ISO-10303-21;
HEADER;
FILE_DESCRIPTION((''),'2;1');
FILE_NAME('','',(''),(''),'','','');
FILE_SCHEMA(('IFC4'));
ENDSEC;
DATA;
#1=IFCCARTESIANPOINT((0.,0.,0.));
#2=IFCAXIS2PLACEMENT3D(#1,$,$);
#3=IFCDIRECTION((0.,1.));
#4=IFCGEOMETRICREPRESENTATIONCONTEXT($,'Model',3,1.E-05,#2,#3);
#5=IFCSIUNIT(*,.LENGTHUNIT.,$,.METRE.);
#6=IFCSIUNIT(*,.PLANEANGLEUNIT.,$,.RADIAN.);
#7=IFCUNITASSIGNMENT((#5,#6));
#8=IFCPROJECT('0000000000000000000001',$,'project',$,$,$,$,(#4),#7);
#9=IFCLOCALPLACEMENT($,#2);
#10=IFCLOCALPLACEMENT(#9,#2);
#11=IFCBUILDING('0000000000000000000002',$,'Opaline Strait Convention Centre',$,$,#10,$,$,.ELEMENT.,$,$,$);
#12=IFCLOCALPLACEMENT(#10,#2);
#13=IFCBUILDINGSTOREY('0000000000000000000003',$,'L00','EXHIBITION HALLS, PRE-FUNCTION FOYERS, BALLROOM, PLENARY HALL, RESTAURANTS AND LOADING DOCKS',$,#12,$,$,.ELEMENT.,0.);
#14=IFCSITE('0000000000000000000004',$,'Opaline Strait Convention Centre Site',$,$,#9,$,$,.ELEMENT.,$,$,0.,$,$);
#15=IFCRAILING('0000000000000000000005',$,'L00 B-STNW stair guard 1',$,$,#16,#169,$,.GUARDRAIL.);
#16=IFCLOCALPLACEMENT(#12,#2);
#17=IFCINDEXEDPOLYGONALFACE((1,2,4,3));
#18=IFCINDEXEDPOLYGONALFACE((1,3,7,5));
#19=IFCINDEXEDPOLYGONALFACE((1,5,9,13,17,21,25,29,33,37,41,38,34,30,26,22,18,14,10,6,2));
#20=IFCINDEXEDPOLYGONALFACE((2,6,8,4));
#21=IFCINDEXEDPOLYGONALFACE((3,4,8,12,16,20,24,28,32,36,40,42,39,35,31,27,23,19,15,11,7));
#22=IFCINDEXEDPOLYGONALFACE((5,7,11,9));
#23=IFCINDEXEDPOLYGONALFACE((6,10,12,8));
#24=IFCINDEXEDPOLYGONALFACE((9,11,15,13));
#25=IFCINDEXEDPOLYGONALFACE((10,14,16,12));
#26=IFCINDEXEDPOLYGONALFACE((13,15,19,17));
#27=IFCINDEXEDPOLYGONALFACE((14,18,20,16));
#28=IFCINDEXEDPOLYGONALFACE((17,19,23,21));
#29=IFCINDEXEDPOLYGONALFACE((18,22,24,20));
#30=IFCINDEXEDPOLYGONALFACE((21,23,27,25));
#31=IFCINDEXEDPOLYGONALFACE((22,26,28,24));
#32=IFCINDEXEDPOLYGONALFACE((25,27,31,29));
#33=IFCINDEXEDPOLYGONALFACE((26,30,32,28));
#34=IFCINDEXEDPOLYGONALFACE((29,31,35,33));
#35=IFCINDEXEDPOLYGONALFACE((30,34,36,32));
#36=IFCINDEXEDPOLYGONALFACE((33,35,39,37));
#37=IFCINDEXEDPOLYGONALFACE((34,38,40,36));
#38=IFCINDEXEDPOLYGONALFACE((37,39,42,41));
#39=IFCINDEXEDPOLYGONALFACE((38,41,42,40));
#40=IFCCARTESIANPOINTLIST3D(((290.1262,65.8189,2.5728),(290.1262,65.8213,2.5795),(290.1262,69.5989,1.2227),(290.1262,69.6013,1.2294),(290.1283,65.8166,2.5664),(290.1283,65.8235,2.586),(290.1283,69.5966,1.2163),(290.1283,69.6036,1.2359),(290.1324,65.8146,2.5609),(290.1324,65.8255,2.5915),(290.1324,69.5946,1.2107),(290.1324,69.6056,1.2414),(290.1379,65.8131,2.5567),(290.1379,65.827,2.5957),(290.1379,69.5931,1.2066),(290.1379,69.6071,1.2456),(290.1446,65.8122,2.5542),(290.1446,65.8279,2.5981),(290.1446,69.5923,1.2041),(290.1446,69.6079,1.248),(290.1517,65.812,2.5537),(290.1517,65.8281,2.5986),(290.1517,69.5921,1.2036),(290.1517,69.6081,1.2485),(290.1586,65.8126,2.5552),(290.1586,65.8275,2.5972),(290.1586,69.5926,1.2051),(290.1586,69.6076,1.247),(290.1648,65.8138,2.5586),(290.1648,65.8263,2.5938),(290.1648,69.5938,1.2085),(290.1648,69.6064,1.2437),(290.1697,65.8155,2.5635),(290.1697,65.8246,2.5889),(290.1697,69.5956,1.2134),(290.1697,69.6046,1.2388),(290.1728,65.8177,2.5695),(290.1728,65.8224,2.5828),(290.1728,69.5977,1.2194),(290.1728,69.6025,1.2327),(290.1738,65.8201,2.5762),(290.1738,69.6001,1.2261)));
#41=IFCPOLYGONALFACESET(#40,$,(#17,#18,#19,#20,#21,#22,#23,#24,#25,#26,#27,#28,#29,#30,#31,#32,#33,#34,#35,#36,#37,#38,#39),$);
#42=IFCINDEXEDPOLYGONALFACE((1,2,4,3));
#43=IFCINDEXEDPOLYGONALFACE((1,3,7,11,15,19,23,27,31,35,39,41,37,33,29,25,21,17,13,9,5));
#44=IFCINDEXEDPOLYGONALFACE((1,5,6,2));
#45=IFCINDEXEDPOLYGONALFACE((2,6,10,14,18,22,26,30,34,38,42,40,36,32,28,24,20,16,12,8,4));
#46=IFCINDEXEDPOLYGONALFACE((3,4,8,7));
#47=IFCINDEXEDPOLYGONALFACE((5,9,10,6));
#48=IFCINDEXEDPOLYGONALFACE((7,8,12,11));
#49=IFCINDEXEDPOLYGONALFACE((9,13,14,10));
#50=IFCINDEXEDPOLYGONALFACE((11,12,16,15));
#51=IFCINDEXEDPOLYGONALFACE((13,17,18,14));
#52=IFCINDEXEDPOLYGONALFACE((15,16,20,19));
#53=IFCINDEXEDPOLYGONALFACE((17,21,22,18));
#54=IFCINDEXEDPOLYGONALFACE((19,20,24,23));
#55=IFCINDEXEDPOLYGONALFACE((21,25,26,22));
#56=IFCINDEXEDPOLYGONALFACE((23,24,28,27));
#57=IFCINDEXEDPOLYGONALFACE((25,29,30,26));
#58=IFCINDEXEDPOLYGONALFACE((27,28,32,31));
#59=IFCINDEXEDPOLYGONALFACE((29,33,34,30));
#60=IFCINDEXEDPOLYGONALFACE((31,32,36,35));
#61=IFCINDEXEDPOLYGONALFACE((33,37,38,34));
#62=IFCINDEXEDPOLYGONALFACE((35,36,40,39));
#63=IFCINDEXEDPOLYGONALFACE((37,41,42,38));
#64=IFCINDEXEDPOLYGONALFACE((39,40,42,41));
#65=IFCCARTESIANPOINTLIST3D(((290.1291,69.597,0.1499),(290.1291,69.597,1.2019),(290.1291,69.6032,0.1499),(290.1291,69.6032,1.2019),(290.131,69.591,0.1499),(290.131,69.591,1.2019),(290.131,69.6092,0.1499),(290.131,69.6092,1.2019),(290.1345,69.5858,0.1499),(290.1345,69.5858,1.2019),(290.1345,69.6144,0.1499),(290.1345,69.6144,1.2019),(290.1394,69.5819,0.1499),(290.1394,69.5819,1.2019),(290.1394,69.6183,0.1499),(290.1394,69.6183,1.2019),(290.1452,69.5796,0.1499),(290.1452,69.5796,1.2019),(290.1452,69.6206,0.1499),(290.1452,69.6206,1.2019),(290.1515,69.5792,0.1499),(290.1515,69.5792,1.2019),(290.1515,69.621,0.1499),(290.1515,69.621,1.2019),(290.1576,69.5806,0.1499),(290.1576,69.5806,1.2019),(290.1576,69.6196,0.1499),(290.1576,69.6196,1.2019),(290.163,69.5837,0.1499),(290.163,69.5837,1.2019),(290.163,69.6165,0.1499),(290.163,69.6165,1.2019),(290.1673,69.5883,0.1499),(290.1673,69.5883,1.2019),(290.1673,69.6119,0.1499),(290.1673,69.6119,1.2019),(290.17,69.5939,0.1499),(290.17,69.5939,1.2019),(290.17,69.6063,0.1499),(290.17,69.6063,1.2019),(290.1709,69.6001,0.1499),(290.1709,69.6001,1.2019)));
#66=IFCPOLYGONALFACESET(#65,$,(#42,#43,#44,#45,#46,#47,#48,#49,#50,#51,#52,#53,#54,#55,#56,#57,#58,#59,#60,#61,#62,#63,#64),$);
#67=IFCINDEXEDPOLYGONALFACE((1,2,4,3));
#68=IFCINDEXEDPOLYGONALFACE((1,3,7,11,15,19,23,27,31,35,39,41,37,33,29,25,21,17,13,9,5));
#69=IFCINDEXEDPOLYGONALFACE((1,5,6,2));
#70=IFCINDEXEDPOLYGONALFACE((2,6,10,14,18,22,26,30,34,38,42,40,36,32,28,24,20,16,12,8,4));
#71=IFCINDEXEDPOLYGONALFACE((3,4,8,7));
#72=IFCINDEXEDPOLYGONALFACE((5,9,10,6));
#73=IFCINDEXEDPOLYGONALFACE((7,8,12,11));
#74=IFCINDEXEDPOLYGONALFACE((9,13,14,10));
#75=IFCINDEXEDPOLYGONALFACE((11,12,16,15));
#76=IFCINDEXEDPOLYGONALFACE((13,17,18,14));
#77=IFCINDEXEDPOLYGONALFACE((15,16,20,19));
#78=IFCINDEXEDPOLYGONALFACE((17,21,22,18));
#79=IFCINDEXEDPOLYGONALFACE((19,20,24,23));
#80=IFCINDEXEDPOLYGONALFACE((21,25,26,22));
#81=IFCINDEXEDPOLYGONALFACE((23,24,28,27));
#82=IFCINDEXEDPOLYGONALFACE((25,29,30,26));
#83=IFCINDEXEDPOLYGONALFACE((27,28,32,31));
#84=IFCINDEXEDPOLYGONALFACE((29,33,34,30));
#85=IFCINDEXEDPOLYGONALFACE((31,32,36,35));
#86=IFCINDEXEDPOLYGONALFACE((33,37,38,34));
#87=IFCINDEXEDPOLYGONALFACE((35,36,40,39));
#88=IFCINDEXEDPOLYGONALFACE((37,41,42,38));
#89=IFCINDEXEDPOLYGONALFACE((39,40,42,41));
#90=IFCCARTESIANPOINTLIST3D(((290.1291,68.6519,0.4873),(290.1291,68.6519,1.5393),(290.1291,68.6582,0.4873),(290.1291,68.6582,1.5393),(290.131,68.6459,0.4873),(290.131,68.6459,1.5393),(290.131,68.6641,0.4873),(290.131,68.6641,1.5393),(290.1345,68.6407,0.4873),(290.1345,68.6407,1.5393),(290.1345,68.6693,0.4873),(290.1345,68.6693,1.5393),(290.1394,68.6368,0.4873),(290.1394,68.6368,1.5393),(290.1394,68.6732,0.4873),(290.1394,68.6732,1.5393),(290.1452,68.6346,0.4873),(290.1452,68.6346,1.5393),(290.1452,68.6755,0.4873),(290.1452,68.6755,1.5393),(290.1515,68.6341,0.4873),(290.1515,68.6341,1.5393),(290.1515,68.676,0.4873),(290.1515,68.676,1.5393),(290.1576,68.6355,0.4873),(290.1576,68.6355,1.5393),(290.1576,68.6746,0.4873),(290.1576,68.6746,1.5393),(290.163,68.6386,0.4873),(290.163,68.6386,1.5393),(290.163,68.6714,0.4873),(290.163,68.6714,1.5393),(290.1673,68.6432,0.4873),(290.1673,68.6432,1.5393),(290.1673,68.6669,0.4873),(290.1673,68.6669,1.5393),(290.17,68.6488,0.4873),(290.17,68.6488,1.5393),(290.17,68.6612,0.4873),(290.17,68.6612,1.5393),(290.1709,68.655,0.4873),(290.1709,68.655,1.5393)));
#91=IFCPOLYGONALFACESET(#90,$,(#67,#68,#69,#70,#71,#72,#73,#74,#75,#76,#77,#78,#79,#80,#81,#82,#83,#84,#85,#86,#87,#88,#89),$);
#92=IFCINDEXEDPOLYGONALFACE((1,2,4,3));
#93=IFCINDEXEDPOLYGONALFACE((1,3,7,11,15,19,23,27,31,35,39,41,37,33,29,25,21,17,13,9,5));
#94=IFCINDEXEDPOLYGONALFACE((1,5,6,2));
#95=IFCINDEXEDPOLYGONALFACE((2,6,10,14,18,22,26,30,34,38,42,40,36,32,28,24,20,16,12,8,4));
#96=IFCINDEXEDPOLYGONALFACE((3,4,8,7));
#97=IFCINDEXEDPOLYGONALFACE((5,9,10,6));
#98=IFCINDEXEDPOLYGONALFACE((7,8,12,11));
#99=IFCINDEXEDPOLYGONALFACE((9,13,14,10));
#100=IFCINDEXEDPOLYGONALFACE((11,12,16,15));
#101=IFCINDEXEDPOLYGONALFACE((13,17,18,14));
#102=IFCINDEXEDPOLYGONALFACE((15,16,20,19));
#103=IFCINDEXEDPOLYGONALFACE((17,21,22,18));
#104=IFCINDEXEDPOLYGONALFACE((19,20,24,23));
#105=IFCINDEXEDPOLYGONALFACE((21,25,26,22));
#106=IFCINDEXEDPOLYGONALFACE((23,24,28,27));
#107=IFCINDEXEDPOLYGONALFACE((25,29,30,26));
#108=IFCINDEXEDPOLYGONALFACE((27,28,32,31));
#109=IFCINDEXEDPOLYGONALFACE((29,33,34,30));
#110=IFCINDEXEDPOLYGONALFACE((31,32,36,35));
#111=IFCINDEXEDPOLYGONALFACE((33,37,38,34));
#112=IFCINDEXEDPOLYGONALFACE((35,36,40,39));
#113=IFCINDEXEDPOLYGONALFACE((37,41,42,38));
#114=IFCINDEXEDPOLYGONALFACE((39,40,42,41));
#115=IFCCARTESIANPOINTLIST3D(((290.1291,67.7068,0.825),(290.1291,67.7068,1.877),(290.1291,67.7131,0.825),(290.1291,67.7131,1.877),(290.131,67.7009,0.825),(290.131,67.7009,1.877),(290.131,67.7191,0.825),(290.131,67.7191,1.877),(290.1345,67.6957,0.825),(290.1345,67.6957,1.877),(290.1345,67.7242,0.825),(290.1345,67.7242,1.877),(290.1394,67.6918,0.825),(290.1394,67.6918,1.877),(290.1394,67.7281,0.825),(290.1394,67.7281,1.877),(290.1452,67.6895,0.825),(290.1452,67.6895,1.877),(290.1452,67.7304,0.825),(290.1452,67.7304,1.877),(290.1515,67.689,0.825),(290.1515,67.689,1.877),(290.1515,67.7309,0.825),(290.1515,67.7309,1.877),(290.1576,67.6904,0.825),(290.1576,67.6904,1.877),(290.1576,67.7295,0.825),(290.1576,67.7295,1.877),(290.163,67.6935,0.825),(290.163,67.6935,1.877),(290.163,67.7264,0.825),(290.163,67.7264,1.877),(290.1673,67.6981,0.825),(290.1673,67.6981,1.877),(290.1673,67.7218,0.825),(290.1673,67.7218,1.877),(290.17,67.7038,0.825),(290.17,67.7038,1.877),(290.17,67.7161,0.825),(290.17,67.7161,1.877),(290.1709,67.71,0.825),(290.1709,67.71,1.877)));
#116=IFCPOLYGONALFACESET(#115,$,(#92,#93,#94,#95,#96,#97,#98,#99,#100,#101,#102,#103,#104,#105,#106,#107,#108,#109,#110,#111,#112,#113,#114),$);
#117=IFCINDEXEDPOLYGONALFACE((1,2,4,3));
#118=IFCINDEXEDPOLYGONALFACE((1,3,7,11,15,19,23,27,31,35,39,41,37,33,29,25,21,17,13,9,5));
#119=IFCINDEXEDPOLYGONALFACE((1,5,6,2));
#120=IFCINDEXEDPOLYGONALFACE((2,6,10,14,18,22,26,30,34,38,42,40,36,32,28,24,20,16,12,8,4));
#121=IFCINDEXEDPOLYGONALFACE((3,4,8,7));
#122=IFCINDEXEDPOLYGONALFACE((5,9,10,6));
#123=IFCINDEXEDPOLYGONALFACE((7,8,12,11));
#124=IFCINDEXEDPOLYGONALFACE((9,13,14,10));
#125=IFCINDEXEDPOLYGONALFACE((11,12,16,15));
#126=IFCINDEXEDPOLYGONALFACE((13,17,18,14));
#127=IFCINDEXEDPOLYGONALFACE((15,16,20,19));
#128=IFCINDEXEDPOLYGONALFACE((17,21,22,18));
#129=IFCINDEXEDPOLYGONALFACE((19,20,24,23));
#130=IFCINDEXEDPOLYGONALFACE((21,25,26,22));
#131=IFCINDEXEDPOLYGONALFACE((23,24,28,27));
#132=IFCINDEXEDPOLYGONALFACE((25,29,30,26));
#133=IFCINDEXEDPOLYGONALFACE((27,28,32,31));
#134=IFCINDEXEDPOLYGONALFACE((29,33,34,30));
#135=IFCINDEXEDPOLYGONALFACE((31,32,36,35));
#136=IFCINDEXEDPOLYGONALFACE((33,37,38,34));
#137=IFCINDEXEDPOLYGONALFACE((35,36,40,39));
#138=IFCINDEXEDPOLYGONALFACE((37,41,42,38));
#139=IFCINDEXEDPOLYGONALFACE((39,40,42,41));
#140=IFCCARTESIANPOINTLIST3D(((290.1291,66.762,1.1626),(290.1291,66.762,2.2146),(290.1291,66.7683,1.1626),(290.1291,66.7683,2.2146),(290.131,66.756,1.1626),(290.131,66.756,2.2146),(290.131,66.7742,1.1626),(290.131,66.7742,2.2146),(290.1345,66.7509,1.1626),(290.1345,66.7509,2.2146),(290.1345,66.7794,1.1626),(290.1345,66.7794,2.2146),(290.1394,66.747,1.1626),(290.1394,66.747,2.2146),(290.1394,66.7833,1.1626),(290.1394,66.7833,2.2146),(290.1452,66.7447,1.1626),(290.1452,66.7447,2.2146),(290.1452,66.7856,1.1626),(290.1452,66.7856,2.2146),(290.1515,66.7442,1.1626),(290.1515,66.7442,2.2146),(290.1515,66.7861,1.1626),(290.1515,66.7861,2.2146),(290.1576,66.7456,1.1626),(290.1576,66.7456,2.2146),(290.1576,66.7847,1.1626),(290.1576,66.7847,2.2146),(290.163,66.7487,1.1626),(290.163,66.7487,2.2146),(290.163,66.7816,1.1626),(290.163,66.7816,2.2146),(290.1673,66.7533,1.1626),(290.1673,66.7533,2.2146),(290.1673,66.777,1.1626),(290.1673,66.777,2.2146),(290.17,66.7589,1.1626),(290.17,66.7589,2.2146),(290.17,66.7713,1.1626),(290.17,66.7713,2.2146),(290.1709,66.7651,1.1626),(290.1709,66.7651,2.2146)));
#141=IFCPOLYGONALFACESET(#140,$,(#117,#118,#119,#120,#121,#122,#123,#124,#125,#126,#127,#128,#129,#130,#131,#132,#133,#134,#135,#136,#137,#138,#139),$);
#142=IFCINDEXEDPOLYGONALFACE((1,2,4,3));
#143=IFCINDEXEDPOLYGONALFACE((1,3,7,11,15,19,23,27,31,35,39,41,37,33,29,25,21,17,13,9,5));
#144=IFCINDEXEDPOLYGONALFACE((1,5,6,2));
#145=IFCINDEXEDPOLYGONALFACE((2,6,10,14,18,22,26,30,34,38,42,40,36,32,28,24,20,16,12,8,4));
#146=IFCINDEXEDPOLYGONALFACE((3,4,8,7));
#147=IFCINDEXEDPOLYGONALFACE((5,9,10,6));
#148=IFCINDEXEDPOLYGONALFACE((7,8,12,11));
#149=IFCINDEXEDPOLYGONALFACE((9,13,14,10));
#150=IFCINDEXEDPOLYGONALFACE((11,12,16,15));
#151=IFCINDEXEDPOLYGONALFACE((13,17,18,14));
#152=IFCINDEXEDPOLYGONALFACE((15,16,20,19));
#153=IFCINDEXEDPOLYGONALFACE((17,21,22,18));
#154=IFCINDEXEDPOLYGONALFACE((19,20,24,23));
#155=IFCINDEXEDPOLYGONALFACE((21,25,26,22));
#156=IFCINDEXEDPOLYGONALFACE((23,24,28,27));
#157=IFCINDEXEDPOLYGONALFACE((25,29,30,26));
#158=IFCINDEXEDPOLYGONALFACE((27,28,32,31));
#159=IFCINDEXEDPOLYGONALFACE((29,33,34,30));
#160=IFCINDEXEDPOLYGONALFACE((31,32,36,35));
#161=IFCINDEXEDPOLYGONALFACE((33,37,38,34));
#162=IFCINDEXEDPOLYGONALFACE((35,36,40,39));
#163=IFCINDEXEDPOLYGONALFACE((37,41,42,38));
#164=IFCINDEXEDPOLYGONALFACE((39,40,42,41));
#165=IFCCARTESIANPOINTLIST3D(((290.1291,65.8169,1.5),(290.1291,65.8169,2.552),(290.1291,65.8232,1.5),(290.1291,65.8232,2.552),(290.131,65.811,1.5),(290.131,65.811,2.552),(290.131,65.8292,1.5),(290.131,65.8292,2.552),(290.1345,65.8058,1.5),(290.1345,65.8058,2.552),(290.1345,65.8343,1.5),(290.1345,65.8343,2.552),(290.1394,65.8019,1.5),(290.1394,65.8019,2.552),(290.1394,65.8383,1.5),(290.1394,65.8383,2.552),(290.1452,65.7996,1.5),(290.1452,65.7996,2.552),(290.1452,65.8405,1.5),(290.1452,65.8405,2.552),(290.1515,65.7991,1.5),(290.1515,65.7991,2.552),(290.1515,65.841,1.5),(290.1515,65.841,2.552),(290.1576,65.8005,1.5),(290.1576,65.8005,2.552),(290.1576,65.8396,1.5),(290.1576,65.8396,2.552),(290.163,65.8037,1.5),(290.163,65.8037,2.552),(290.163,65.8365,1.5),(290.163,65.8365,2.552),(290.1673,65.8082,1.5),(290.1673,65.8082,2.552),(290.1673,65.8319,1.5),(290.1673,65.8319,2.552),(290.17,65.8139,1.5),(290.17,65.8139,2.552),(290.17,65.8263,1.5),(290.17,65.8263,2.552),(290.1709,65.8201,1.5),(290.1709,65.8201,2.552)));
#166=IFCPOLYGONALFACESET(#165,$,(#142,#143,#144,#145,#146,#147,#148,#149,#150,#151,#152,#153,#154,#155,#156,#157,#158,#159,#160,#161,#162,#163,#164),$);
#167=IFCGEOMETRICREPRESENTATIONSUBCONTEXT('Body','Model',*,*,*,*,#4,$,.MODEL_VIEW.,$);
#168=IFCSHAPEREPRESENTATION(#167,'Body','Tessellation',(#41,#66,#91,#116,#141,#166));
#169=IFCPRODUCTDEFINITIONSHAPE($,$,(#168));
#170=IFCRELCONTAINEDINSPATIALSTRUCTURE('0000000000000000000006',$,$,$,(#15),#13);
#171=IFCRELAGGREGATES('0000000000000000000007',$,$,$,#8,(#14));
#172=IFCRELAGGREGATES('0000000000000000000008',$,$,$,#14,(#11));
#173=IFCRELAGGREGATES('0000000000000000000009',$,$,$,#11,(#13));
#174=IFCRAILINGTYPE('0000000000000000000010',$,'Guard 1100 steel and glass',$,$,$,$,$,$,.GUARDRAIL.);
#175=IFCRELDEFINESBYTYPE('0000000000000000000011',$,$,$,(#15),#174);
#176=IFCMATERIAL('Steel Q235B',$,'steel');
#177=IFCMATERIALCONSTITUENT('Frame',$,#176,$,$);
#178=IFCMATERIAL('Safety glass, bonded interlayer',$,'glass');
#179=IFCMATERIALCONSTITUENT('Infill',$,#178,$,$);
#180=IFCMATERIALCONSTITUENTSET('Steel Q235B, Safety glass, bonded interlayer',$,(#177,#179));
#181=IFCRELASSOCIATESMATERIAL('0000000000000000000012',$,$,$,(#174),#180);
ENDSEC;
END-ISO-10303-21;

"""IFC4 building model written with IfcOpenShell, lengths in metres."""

from ifc_helpers import new_model, si_unit, direction, frame, origin, origin_2d, place, context, subcontext, project, spatial, circle, extrude, material, constituent, constituent_set, type_object, element, save


model = new_model("IFC4")

# Units and contexts
model_context = context("Model", 3, precision=1e-05, world=origin(), true_north=direction((0.0, 1.0)))
body_context = subcontext(model_context, "Body", "Model", "MODEL_VIEW")
ifc_project = project(units=[si_unit("LENGTHUNIT", "METRE"), si_unit("PLANEANGLEUNIT", "RADIAN")], contexts=[model_context])

# Site, building, storey
site_placement = place(None, origin())
site = spatial("IfcSite", under=ifc_project, at=site_placement, Name="Opaline Strait Convention Centre Site", CompositionType="ELEMENT", RefElevation=0.0)
building_placement = place(site_placement, origin())
building = spatial("IfcBuilding", under=site, at=building_placement, Name="Opaline Strait Convention Centre", CompositionType="ELEMENT")
storey_placement = place(building_placement, origin())
storey = spatial("IfcBuildingStorey", under=building, at=storey_placement, Name="L00", Description="EXHIBITION HALLS, PRE-FUNCTION FOYERS, BALLROOM, PLENARY HALL, RESTAURANTS AND LOADING DOCKS", CompositionType="ELEMENT", Elevation=0.0)

# Shared definitions
ifc_material_1 = material(Name="Steel Q235B", Category="steel")

# Railing
ifc_constituent_1 = constituent(ifc_material_1, Name="Frame")
ifc_material_2 = material(Name="Safety glass, bonded interlayer", Category="glass")
ifc_constituent_2 = constituent(ifc_material_2, Name="Infill")
ifc_constituent_set = constituent_set(constituents=[ifc_constituent_1, ifc_constituent_2], Name="Steel Q235B, Safety glass, bonded interlayer")
railing_type_1 = type_object("IfcRailingType", Name="Guard 1100 steel and glass", PredefinedType="GUARDRAIL", material=ifc_constituent_set)
railing_1_placement = place(storey_placement, frame((290.1499, 69.6001, 0.1499)))
element("IfcRailing", 1, at=railing_1_placement, inside=storey, type_object=railing_type_1, Name="L00 B-STNW stair guard 1", PredefinedType="GUARDRAIL", context=body_context, shape_type="SweptSolid", body=[
    extrude(circle(Radius=0.0239, at=origin_2d()), frame((0.0, 0.0, 1.0762), z_axis=(0.0, -0.941735, 0.336356), x_axis=(1.0, 0.0, 0.0)), (0.0, 0.0, 1.0), 4.0139),
    extrude(circle(Radius=0.021, at=origin_2d()), origin(), (0.0, 0.0, 1.0), 1.052),
    extrude(circle(Radius=0.021, at=origin_2d()), frame((0.0, -0.9451, 0.3374)), (0.0, 0.0, 1.0), 1.052),
    extrude(circle(Radius=0.021, at=origin_2d()), frame((0.0, -1.8901, 0.675)), (0.0, 0.0, 1.0), 1.052),
    extrude(circle(Radius=0.021, at=origin_2d()), frame((0.0, -2.835, 1.0127)), (0.0, 0.0, 1.0), 1.052),
    extrude(circle(Radius=0.021, at=origin_2d()), frame((0.0, -3.78, 1.3501)), (0.0, 0.0, 1.0), 1.052),
])

save(model, "model.ifc")
